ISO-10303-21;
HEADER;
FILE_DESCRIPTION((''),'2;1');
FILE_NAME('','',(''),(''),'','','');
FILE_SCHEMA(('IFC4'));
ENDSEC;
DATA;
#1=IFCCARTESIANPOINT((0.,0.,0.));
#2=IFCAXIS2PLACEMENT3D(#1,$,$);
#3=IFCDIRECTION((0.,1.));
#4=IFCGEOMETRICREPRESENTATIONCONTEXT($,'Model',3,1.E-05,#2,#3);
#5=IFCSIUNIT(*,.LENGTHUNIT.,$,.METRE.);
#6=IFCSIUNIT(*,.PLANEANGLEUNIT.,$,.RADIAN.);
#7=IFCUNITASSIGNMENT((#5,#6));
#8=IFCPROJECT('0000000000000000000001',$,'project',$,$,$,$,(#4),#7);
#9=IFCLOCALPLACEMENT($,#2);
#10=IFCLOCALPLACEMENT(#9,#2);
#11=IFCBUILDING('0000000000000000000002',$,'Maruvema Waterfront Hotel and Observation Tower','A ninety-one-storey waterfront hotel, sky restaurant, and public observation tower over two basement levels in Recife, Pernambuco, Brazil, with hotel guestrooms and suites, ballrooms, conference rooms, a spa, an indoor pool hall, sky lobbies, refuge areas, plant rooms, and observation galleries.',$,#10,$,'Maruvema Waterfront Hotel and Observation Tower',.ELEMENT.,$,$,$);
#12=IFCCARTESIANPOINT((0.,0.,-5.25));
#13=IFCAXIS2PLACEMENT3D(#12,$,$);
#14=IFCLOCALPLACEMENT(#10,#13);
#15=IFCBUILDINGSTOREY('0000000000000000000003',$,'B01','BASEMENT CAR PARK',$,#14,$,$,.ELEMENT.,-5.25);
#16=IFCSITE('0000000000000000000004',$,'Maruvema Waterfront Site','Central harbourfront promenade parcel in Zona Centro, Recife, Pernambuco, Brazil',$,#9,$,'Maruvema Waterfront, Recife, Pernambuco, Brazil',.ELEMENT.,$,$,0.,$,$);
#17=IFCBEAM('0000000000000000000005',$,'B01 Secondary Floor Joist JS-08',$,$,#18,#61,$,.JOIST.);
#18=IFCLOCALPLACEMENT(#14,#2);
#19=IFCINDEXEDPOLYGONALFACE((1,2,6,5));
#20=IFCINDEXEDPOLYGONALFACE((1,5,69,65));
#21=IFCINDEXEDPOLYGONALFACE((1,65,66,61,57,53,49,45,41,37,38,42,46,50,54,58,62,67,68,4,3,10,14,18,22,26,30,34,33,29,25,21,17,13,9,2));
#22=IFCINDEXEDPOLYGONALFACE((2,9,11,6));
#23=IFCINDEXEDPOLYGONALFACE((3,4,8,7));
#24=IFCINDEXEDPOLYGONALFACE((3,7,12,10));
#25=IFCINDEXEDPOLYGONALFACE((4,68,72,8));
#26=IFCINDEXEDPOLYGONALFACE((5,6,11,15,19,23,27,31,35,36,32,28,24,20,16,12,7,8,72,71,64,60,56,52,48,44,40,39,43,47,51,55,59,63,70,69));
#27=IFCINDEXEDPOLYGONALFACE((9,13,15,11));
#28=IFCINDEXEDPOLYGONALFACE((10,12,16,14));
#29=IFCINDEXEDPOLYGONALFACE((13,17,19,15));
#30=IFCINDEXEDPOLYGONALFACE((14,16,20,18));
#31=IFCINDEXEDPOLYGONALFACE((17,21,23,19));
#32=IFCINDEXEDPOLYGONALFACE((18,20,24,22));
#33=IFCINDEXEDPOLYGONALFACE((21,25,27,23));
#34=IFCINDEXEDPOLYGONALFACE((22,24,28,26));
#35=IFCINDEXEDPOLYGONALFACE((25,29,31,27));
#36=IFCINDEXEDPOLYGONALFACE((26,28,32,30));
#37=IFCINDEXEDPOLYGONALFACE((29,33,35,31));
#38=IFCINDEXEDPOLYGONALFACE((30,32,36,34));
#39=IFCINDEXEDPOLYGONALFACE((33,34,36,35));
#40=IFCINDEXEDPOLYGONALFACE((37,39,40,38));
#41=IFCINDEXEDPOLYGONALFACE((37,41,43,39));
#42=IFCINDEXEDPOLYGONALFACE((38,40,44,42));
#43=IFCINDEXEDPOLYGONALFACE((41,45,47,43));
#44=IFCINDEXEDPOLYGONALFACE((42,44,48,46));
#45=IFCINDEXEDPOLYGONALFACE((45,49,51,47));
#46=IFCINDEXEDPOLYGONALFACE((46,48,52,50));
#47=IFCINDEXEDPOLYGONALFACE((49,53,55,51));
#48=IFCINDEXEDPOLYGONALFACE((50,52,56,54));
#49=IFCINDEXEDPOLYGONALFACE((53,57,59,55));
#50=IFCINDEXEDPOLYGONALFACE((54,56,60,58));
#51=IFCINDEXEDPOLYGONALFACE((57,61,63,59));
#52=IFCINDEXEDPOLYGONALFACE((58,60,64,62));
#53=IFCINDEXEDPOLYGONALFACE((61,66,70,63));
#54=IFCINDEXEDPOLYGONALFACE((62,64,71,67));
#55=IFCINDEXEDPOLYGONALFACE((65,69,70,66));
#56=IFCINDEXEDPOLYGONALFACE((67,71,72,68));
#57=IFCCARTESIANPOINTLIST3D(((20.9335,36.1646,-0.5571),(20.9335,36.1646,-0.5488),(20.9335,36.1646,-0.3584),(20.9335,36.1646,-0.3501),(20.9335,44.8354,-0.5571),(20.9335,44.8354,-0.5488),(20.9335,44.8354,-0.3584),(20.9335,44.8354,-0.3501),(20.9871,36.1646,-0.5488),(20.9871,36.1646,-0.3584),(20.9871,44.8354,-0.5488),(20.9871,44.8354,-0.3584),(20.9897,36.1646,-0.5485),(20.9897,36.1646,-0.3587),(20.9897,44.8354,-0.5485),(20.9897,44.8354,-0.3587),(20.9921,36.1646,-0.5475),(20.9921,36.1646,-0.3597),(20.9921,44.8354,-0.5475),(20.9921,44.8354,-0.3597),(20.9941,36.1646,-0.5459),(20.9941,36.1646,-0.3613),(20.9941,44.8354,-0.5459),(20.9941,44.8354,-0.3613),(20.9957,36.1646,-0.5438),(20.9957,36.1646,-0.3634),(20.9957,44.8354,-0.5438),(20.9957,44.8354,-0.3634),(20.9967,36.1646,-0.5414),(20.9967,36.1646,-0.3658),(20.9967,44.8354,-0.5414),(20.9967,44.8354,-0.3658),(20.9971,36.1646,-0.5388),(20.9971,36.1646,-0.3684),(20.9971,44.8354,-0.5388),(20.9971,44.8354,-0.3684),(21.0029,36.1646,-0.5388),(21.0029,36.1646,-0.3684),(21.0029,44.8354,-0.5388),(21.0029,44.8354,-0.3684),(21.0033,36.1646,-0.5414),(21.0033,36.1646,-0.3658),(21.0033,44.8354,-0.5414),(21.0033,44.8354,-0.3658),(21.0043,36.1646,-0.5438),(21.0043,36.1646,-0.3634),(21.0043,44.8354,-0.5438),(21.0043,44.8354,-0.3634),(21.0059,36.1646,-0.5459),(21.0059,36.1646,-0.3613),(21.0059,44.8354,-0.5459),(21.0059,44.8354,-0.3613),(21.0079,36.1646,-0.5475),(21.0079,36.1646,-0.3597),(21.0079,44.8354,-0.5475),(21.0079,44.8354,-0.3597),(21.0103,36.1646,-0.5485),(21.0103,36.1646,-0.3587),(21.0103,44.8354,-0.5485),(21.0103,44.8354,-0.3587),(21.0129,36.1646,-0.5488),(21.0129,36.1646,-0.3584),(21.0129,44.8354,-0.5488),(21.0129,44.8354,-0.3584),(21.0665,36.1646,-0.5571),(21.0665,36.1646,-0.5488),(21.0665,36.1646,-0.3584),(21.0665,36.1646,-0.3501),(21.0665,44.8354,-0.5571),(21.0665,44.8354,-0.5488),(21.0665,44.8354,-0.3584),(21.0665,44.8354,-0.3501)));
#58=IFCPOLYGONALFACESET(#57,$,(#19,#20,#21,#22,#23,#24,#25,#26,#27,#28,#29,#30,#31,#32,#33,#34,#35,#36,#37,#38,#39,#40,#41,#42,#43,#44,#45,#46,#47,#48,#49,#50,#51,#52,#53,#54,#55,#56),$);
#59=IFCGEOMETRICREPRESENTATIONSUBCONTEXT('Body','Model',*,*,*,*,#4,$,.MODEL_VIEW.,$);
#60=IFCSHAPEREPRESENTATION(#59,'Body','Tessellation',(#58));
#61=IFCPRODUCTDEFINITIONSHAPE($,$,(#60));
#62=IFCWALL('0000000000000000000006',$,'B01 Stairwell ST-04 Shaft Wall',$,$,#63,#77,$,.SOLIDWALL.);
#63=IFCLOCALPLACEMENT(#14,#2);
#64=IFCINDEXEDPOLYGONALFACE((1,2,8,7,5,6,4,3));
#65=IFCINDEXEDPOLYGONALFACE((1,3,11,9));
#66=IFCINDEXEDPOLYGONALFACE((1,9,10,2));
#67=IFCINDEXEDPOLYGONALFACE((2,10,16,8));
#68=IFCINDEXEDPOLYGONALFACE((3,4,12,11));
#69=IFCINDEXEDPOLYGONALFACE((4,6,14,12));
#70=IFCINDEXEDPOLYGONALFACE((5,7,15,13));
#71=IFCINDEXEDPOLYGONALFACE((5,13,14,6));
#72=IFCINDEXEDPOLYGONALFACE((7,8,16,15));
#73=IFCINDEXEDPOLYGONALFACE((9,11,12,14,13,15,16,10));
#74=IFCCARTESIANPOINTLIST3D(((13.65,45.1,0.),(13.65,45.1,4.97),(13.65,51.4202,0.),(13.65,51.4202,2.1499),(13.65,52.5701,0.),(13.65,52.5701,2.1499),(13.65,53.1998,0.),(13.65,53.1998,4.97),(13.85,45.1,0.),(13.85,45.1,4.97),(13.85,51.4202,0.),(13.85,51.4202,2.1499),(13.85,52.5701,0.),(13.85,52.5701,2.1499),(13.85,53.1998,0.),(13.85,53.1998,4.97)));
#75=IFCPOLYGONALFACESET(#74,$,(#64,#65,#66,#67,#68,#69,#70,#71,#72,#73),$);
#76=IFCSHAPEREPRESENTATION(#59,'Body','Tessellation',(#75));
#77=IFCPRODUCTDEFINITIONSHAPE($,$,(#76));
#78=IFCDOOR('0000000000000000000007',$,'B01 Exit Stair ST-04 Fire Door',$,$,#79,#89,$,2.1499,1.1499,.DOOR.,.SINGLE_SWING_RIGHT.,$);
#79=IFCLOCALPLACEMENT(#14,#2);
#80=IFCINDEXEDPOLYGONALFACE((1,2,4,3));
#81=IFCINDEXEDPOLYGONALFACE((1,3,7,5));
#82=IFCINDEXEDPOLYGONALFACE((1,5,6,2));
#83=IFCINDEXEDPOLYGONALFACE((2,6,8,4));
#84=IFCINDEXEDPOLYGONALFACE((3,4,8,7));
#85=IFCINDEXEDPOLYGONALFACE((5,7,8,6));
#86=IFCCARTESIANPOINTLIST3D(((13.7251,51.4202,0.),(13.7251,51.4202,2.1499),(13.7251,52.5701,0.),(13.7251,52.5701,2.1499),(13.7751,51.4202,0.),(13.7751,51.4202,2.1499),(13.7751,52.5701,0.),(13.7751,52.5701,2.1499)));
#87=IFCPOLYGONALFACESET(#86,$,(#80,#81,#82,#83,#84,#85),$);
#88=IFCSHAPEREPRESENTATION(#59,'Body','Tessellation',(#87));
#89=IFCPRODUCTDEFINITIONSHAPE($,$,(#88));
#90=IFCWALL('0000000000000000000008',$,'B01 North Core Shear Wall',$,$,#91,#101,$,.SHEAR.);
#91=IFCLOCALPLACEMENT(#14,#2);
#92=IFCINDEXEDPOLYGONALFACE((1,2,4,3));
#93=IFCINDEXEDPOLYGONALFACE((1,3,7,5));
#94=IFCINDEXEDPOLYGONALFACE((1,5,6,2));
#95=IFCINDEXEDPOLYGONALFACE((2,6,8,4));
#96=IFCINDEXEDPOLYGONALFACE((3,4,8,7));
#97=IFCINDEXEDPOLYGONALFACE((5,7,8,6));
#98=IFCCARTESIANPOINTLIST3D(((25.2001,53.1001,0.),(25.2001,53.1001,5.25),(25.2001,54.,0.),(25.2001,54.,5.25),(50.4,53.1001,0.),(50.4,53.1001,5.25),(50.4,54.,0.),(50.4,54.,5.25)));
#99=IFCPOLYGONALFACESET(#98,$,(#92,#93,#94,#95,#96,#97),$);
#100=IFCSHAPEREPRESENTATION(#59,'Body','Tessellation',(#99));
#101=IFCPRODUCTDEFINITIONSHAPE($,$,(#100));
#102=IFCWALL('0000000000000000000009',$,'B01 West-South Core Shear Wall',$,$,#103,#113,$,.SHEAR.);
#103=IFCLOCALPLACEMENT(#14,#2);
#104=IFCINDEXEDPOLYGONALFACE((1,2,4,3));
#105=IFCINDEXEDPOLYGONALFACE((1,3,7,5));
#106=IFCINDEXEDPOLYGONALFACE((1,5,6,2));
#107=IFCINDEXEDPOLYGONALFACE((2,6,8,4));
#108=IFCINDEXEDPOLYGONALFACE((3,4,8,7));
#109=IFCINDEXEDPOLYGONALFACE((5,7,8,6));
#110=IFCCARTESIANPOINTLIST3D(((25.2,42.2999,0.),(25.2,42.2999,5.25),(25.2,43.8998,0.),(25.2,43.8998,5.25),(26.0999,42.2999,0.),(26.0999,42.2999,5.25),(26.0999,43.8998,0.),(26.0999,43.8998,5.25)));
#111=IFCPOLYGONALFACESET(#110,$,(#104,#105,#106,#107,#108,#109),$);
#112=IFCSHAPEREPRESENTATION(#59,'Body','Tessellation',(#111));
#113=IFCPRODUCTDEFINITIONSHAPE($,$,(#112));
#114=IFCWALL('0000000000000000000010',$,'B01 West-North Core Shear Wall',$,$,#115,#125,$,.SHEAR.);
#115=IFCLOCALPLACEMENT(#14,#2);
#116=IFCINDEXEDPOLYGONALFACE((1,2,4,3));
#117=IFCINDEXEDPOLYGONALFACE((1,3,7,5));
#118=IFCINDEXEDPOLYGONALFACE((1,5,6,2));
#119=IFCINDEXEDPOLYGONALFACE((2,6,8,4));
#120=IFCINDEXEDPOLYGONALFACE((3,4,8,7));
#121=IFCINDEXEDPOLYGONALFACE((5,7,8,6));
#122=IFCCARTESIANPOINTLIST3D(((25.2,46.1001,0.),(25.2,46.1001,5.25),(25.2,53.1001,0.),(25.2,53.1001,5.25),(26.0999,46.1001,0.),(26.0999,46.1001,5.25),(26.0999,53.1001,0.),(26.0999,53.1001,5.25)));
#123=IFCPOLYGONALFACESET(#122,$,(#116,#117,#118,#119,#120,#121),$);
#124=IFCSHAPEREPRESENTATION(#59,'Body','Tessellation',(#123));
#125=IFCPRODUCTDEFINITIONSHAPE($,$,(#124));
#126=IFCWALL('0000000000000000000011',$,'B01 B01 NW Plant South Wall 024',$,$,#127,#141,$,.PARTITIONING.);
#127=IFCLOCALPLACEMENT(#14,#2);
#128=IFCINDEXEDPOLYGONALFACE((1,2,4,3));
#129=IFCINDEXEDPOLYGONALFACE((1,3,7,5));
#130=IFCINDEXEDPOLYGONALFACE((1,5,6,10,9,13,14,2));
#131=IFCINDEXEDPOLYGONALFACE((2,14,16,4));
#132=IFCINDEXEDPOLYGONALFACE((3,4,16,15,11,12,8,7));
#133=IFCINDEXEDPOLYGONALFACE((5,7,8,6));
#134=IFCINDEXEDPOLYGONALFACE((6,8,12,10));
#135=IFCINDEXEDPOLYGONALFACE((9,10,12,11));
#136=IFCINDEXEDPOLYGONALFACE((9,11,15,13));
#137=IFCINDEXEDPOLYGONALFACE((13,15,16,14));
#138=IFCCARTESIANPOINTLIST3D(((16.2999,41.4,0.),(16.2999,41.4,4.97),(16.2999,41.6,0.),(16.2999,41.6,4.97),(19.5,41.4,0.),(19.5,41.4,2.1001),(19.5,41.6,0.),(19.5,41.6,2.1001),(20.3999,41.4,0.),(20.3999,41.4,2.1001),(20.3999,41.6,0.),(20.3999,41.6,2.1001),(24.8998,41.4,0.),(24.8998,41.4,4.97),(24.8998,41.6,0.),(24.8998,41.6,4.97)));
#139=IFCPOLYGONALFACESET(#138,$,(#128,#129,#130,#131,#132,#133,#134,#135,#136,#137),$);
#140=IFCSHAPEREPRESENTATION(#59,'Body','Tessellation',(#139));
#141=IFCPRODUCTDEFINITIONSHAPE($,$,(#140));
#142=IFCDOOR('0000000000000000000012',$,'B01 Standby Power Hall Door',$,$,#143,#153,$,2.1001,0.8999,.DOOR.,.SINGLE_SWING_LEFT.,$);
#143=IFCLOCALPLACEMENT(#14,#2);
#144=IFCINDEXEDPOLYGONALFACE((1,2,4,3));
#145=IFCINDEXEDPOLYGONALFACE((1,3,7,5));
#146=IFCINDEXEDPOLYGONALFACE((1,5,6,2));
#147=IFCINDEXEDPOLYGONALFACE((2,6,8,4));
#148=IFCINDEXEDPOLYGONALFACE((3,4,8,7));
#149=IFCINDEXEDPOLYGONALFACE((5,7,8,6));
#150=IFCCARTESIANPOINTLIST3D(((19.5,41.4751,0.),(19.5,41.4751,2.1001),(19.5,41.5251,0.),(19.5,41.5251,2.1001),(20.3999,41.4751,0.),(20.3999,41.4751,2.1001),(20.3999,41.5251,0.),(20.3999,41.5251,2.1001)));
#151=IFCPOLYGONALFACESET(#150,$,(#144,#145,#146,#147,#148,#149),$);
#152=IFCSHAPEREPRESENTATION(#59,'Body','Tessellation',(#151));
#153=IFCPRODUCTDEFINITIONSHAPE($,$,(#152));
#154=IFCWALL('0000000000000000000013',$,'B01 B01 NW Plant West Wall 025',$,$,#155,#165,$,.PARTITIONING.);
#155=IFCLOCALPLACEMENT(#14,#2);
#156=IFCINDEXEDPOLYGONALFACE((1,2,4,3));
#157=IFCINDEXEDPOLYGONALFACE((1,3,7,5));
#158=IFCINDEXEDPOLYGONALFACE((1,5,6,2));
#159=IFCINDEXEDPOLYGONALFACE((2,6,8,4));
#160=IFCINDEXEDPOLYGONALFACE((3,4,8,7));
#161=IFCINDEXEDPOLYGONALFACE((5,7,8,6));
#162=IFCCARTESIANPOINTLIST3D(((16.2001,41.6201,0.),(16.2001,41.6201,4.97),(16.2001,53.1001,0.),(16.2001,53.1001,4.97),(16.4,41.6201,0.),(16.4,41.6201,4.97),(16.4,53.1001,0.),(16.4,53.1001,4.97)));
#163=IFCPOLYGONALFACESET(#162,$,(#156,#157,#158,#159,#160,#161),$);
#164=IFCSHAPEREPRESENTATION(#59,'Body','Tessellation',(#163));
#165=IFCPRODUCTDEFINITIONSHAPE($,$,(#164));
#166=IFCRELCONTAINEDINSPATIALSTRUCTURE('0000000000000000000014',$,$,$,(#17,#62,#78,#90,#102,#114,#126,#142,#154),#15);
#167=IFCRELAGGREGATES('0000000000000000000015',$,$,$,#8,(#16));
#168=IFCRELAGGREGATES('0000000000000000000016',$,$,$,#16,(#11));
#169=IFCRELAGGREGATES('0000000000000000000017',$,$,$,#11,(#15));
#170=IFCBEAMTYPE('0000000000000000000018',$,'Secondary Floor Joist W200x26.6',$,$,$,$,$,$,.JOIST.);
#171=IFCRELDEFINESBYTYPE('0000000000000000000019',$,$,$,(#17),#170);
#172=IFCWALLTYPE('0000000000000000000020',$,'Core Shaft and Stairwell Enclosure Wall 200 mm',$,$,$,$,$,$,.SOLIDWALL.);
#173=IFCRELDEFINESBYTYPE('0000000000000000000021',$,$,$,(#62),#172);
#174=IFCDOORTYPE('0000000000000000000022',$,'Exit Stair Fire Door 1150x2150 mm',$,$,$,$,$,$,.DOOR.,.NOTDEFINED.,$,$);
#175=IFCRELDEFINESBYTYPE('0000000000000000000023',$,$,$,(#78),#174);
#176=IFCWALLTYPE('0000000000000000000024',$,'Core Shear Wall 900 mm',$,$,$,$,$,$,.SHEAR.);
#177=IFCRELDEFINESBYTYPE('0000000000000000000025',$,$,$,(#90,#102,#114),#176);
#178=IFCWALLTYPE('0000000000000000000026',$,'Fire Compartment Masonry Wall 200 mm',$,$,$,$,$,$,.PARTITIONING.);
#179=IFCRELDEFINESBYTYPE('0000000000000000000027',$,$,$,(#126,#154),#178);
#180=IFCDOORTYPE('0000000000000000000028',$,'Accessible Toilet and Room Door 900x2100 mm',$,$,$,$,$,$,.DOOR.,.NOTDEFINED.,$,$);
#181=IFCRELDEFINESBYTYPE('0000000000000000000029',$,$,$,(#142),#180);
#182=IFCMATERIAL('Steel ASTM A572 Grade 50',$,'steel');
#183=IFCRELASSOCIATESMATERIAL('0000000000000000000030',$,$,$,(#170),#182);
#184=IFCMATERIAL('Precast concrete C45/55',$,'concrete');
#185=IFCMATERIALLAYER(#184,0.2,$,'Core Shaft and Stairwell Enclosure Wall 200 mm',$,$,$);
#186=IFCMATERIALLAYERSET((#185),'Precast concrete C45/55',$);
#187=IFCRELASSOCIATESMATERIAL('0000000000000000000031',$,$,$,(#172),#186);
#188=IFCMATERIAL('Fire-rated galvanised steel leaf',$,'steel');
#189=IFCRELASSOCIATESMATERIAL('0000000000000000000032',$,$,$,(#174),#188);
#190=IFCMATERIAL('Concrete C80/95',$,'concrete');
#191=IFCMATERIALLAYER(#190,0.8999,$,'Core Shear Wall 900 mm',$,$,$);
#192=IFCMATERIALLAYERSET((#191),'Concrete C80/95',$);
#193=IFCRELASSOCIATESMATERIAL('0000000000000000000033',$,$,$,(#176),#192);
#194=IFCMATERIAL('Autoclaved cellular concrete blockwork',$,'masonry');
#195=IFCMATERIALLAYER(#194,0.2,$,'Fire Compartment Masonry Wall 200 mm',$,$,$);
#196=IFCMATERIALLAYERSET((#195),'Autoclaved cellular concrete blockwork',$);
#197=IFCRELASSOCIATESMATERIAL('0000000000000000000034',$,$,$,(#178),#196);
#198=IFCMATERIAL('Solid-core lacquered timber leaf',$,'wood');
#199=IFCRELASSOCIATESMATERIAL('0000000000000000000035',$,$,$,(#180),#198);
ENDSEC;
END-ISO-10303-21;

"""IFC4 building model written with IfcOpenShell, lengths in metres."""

from ifc_helpers import new_model, si_unit, direction, frame, frame_2d, origin, origin_2d, place, context, subcontext, project, spatial, rectangle, i_section, extrude, material, layer, layer_set, material_profile, profile_set, type_object, element, fill, save


model = new_model("IFC4")

# Units and contexts
model_context = context("Model", 3, precision=1e-05, world=origin(), true_north=direction((0.0, 1.0)))
body_context = subcontext(model_context, "Body", "Model", "MODEL_VIEW")
ifc_project = project(units=[si_unit("LENGTHUNIT", "METRE"), si_unit("PLANEANGLEUNIT", "RADIAN")], contexts=[model_context])

# Site, building, storey
site_placement = place(None, origin())
site = spatial("IfcSite", under=ifc_project, at=site_placement, Name="Maruvema Waterfront Site", Description="Central harbourfront promenade parcel in Zona Centro, Recife, Pernambuco, Brazil", LongName="Maruvema Waterfront, Recife, Pernambuco, Brazil", CompositionType="ELEMENT", RefElevation=0.0)
building_placement = place(site_placement, origin())
building = spatial("IfcBuilding", under=site, at=building_placement, Name="Maruvema Waterfront Hotel and Observation Tower", Description="A ninety-one-storey waterfront hotel, sky restaurant, and public observation tower over two basement levels in Recife, Pernambuco, Brazil, with hotel guestrooms and suites, ballrooms, conference rooms, a spa, an indoor pool hall, sky lobbies, refuge areas, plant rooms, and observation galleries.", LongName="Maruvema Waterfront Hotel and Observation Tower", CompositionType="ELEMENT")
storey_placement = place(building_placement, frame((0.0, 0.0, -5.25)))
storey = spatial("IfcBuildingStorey", under=building, at=storey_placement, Name="B01", Description="BASEMENT CAR PARK", CompositionType="ELEMENT", Elevation=-5.25)

# Beam
ifc_material_1 = material(Name="Steel ASTM A572 Grade 50", Category="steel")
ifc_material_profile_1 = material_profile(ifc_material_1, i_section(OverallWidth=0.1331, OverallDepth=0.207, WebThickness=0.0059, FlangeThickness=0.0083, FilletRadius=0.01, at=origin_2d()), Name="W200x26.6")
ifc_profile_set_1 = profile_set([ifc_material_profile_1], Name="Steel ASTM A572 Grade 50")
beam_type_1 = type_object("IfcBeamType", Name="Secondary Floor Joist W200x26.6", PredefinedType="JOIST", material=ifc_profile_set_1)
beam_1_placement = place(storey_placement, frame((21.0, 36.1646, -0.4536), z_axis=(0.0, 1.0, 0.0), x_axis=(-1.0, 0.0, 0.0)))
element("IfcBeam", 1, at=beam_1_placement, inside=storey, type_object=beam_type_1, Name="B01 Secondary Floor Joist JS-08", PredefinedType="JOIST", context=body_context, shape_type="SweptSolid", body=[
    extrude(i_section(OverallWidth=0.1331, OverallDepth=0.207, WebThickness=0.0059, FlangeThickness=0.0083, FilletRadius=0.01, at=origin_2d()), origin(), (0.0, 0.0, 1.0), 8.6709),
])

# Wall, opening, door
ifc_material_2 = material(Name="Precast concrete C45/55", Category="concrete")
ifc_layer_1 = layer(ifc_material_2, 0.2, Name="Core Shaft and Stairwell Enclosure Wall 200 mm")
ifc_layer_set_1 = layer_set([ifc_layer_1], Name="Precast concrete C45/55")
wall_type_1 = type_object("IfcWallType", Name="Core Shaft and Stairwell Enclosure Wall 200 mm", PredefinedType="SOLIDWALL", material=ifc_layer_set_1)
wall_1_placement = place(storey_placement, frame((13.75, 45.1001, 0.0), z_axis=(0.0, 0.0, 1.0), x_axis=(0.0, 1.0, 0.0)))
wall_1 = element("IfcWall", 2, at=wall_1_placement, inside=storey, type_object=wall_type_1, Name="B01 Stairwell ST-04 Shaft Wall", PredefinedType="SOLIDWALL", context=body_context, shape_type="SweptSolid", body=[
    extrude(rectangle(XDim=8.0999, YDim=0.2, at=frame_2d((4.0498, 0.0))), origin(), (0.0, 0.0, 1.0), 4.97),
])
opening_1_placement = place(wall_1_placement, frame((6.3201, 0.0, 0.0)))
opening_1 = element("IfcOpeningElement", 3, at=opening_1_placement, cuts=wall_1, PredefinedType="OPENING", context=body_context, shape_type="SweptSolid", body=[
    extrude(rectangle(XDim=1.1499, YDim=2.1499, at=frame_2d((0.575, 1.075))), frame((0.0, 0.1099, 0.0), z_axis=(0.0, -1.0, 0.0), x_axis=(1.0, 0.0, 0.0)), (0.0, 0.0, 1.0), 0.22),
])
ifc_material_3 = material(Name="Fire-rated galvanised steel leaf", Category="steel")
door_type_1 = type_object("IfcDoorType", Name="Exit Stair Fire Door 1150x2150 mm", OperationType="NOTDEFINED", PredefinedType="DOOR", material=ifc_material_3)
door_1_placement = place(opening_1_placement, origin())
door_1 = element("IfcDoor", 4, at=door_1_placement, inside=storey, type_object=door_type_1, Name="B01 Exit Stair ST-04 Fire Door", OperationType="SINGLE_SWING_RIGHT", OverallHeight=2.1499, OverallWidth=1.1499, PredefinedType="DOOR", context=body_context, shape_type="SweptSolid", body=[
    extrude(rectangle(XDim=1.1499, YDim=2.1499, at=frame_2d((0.575, 1.075))), frame((0.0, 0.0249, 0.0), z_axis=(0.0, -1.0, 0.0), x_axis=(1.0, 0.0, 0.0)), (0.0, 0.0, 1.0), 0.05),
])
fill(opening_1, door_1)

# Wall
ifc_material_4 = material(Name="Concrete C80/95", Category="concrete")
ifc_layer_2 = layer(ifc_material_4, 0.8999, Name="Core Shear Wall 900 mm")
ifc_layer_set_2 = layer_set([ifc_layer_2], Name="Concrete C80/95")
wall_type_2 = type_object("IfcWallType", Name="Core Shear Wall 900 mm", PredefinedType="SHEAR", material=ifc_layer_set_2)
wall_2_placement = place(storey_placement, frame((25.2, 53.55, 0.0), z_axis=(0.0, 0.0, 1.0), x_axis=(1.0, 0.0, 0.0)))
element("IfcWall", 5, at=wall_2_placement, inside=storey, type_object=wall_type_2, Name="B01 North Core Shear Wall", PredefinedType="SHEAR", context=body_context, shape_type="SweptSolid", body=[
    extrude(rectangle(XDim=25.2, YDim=0.8999, at=frame_2d((12.6001, 0.0))), origin(), (0.0, 0.0, 1.0), 5.25),
])

# Walls
wall_3_placement = place(storey_placement, frame((25.6499, 42.3, 0.0), z_axis=(0.0, 0.0, 1.0), x_axis=(0.0, 1.0, 0.0)))
element("IfcWall", 6, at=wall_3_placement, inside=storey, type_object=wall_type_2, Name="B01 West-South Core Shear Wall", PredefinedType="SHEAR", context=body_context, shape_type="SweptSolid", body=[
    extrude(rectangle(XDim=1.5999, YDim=0.8999, at=frame_2d((0.7998, 0.0))), origin(), (0.0, 0.0, 1.0), 5.25),
])
wall_4_placement = place(storey_placement, frame((25.6499, 46.1001, 0.0), z_axis=(0.0, 0.0, 1.0), x_axis=(0.0, 1.0, 0.0)))
element("IfcWall", 7, at=wall_4_placement, inside=storey, type_object=wall_type_2, Name="B01 West-North Core Shear Wall", PredefinedType="SHEAR", context=body_context, shape_type="SweptSolid", body=[
    extrude(rectangle(XDim=7.0, YDim=0.8999, at=frame_2d((3.5, 0.0))), origin(), (0.0, 0.0, 1.0), 5.25),
])

# Wall, opening, door
ifc_material_5 = material(Name="Autoclaved cellular concrete blockwork", Category="masonry")
ifc_layer_3 = layer(ifc_material_5, 0.2, Name="Fire Compartment Masonry Wall 200 mm")
ifc_layer_set_3 = layer_set([ifc_layer_3], Name="Autoclaved cellular concrete blockwork")
wall_type_3 = type_object("IfcWallType", Name="Fire Compartment Masonry Wall 200 mm", PredefinedType="PARTITIONING", material=ifc_layer_set_3)
wall_5_placement = place(storey_placement, frame((16.3, 41.5, 0.0), z_axis=(0.0, 0.0, 1.0), x_axis=(1.0, 0.0, 0.0)))
wall_5 = element("IfcWall", 8, at=wall_5_placement, inside=storey, type_object=wall_type_3, Name="B01 B01 NW Plant South Wall 024", PredefinedType="PARTITIONING", context=body_context, shape_type="SweptSolid", body=[
    extrude(rectangle(XDim=8.5999, YDim=0.2, at=frame_2d((4.2998, 0.0))), origin(), (0.0, 0.0, 1.0), 4.97),
])
opening_2_placement = place(wall_5_placement, frame((3.2, 0.0, 0.0)))
opening_2 = element("IfcOpeningElement", 9, at=opening_2_placement, cuts=wall_5, PredefinedType="OPENING", context=body_context, shape_type="SweptSolid", body=[
    extrude(rectangle(XDim=0.8999, YDim=2.1001, at=frame_2d((0.45, 1.05))), frame((0.0, 0.1099, 0.0), z_axis=(0.0, -1.0, 0.0), x_axis=(1.0, 0.0, 0.0)), (0.0, 0.0, 1.0), 0.22),
])
ifc_material_6 = material(Name="Solid-core lacquered timber leaf", Category="wood")
door_type_2 = type_object("IfcDoorType", Name="Accessible Toilet and Room Door 900x2100 mm", OperationType="NOTDEFINED", PredefinedType="DOOR", material=ifc_material_6)
door_2_placement = place(opening_2_placement, frame((0.8999, 0.0, 0.0), z_axis=(0.0, 0.0, 1.0), x_axis=(-1.0, 0.0, 0.0)))
door_2 = element("IfcDoor", 10, at=door_2_placement, inside=storey, type_object=door_type_2, Name="B01 Standby Power Hall Door", OperationType="SINGLE_SWING_LEFT", OverallHeight=2.1001, OverallWidth=0.8999, PredefinedType="DOOR", context=body_context, shape_type="SweptSolid", body=[
    extrude(rectangle(XDim=0.8999, YDim=2.1001, at=frame_2d((0.45, 1.05))), frame((0.0, 0.0249, 0.0), z_axis=(0.0, -1.0, 0.0), x_axis=(1.0, 0.0, 0.0)), (0.0, 0.0, 1.0), 0.05),
])
fill(opening_2, door_2)

# Wall
wall_6_placement = place(storey_placement, frame((16.3, 41.6201, 0.0), z_axis=(0.0, 0.0, 1.0), x_axis=(0.0, 1.0, 0.0)))
element("IfcWall", 11, at=wall_6_placement, inside=storey, type_object=wall_type_3, Name="B01 B01 NW Plant West Wall 025", PredefinedType="PARTITIONING", context=body_context, shape_type="SweptSolid", body=[
    extrude(rectangle(XDim=11.48, YDim=0.2, at=frame_2d((5.74, 0.0))), origin(), (0.0, 0.0, 1.0), 4.97),
])

save(model, "model.ifc")
